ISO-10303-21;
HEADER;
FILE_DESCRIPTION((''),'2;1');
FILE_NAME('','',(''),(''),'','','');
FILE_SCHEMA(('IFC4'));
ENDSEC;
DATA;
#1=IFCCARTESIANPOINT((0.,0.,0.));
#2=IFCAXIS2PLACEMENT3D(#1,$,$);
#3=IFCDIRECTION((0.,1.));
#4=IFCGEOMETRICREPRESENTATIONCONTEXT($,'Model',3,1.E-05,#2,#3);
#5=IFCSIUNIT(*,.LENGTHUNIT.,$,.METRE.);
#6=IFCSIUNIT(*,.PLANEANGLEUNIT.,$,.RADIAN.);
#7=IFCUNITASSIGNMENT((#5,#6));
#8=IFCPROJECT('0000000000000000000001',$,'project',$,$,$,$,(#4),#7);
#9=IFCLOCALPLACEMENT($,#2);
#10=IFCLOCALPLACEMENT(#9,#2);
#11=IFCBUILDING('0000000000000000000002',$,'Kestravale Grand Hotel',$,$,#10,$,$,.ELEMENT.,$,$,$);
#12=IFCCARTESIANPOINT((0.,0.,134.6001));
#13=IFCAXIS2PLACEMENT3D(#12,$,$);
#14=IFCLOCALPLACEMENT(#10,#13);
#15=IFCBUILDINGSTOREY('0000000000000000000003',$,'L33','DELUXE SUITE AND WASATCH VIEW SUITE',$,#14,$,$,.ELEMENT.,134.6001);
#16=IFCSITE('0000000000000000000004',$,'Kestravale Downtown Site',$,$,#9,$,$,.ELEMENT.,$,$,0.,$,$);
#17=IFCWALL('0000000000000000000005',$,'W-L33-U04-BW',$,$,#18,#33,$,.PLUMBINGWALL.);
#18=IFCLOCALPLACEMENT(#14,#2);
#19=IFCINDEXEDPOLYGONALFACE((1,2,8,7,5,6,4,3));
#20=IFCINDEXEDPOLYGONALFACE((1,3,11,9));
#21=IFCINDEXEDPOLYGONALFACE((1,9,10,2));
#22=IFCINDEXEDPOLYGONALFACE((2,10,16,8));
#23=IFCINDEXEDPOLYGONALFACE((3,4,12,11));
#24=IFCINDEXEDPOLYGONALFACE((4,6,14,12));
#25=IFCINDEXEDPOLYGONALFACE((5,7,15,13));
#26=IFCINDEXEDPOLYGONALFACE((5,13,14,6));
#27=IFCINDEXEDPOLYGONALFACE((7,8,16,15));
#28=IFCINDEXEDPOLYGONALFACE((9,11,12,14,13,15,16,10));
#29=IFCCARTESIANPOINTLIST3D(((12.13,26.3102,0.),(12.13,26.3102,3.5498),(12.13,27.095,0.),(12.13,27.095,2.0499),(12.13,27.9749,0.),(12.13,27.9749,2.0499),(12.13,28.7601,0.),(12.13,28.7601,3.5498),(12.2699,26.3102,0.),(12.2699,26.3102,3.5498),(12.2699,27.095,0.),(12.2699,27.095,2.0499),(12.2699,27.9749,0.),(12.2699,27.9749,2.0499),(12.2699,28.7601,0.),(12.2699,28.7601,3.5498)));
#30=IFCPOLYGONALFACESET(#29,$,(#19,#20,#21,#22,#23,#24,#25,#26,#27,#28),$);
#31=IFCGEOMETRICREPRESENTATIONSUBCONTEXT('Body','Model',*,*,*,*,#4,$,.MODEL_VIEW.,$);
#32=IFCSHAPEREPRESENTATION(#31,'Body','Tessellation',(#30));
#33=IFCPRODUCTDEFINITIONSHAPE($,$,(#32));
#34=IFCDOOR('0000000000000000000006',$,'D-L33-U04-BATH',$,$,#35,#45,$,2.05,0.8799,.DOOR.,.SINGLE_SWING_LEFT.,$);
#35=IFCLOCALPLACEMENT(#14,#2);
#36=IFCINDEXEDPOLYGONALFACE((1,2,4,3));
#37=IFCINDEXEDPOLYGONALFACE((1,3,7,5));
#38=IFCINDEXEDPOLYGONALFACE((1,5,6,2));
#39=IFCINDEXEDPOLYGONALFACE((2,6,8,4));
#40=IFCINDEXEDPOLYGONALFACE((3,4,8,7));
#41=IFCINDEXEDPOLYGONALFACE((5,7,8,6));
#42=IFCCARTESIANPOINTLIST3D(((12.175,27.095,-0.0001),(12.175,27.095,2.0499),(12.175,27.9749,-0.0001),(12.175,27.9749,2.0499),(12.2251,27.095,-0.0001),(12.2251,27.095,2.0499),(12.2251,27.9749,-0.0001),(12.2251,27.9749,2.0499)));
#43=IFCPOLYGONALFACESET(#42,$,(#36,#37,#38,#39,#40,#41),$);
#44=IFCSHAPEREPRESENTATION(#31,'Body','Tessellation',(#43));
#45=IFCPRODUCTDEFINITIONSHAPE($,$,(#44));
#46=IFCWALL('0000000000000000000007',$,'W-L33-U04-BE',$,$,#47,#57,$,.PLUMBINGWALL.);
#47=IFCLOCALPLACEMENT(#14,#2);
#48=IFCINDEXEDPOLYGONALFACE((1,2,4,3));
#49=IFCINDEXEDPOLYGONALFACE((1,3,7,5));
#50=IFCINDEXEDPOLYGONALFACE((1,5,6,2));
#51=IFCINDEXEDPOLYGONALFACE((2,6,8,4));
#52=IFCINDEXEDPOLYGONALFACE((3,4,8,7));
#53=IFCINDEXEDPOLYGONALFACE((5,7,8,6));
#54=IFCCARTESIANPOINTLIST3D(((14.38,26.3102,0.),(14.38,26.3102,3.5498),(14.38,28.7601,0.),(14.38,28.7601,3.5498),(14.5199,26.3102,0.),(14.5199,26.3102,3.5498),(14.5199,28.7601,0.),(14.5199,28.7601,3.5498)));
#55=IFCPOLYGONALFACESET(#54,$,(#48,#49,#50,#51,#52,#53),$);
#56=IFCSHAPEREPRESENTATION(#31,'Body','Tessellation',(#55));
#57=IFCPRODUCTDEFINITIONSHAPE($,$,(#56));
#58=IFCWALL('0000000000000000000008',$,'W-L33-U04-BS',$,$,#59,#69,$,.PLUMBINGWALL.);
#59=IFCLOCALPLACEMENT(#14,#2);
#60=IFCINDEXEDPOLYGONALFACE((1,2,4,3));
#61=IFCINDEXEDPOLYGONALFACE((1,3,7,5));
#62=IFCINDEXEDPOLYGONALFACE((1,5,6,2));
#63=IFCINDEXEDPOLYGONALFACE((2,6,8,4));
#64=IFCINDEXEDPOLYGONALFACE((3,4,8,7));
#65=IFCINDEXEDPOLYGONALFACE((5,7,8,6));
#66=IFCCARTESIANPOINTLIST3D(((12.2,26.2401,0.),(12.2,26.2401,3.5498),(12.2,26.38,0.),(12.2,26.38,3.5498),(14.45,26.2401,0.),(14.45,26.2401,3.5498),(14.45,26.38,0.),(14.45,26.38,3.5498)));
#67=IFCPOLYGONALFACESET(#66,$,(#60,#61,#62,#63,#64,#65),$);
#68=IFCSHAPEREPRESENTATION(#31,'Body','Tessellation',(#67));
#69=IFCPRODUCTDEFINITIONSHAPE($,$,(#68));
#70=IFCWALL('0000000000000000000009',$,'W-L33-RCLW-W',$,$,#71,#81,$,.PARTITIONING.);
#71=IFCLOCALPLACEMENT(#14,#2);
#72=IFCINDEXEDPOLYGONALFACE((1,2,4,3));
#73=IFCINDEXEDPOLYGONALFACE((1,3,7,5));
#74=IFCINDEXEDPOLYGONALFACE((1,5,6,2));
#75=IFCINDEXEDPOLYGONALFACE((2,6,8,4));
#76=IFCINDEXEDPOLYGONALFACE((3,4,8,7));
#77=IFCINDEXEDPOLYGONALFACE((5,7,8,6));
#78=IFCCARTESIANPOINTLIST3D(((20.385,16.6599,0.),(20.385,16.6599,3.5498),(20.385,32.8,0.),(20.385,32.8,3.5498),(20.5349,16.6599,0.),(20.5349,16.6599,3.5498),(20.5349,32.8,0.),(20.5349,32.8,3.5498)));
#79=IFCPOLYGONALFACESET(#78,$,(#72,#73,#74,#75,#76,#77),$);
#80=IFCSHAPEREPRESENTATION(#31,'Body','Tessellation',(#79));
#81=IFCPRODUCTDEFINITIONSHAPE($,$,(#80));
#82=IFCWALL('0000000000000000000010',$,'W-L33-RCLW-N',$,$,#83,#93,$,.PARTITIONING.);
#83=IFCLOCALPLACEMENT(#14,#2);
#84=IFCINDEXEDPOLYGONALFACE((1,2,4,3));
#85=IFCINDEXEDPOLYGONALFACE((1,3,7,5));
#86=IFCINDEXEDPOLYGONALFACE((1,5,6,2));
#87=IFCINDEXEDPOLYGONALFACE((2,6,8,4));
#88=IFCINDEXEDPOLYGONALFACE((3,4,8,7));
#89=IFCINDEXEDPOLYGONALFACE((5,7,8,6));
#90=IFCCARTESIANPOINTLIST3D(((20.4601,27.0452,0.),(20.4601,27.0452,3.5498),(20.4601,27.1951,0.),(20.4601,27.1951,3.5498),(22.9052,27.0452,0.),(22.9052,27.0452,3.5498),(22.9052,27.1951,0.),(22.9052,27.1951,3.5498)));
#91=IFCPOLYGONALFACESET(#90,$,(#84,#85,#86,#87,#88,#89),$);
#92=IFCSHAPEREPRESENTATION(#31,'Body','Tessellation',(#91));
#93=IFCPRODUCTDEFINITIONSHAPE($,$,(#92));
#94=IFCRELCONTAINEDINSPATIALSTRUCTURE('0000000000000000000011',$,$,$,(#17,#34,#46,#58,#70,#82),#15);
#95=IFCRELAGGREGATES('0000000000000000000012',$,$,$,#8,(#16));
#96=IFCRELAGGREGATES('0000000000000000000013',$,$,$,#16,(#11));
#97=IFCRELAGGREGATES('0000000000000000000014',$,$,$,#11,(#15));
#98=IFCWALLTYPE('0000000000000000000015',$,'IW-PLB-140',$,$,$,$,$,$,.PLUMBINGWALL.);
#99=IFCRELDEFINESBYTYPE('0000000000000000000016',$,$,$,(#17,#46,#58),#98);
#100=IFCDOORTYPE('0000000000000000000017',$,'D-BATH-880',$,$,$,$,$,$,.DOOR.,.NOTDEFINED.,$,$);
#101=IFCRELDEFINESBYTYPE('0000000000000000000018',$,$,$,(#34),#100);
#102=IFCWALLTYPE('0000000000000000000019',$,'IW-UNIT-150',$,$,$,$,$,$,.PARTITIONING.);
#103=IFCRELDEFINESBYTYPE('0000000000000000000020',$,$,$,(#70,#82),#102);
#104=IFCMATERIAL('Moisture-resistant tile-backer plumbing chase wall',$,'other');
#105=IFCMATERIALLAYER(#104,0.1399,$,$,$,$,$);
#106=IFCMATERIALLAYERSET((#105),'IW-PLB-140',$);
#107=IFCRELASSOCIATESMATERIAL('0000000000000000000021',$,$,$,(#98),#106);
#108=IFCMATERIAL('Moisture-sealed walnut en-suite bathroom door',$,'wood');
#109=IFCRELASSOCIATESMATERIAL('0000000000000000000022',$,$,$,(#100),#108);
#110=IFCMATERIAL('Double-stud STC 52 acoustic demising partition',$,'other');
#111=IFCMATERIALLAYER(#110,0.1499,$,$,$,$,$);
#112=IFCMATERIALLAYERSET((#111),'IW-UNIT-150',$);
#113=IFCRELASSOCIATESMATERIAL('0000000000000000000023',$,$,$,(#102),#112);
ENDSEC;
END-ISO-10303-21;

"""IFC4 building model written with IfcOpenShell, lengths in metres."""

from ifc_helpers import new_model, si_unit, direction, frame, frame_2d, origin, place, context, subcontext, project, spatial, rectangle, extrude, material, layer, layer_set, type_object, element, fill, save


model = new_model("IFC4")

# Units and contexts
model_context = context("Model", 3, precision=1e-05, world=origin(), true_north=direction((0.0, 1.0)))
body_context = subcontext(model_context, "Body", "Model", "MODEL_VIEW")
ifc_project = project(units=[si_unit("LENGTHUNIT", "METRE"), si_unit("PLANEANGLEUNIT", "RADIAN")], contexts=[model_context])

# Site, building, storey
site_placement = place(None, origin())
site = spatial("IfcSite", under=ifc_project, at=site_placement, Name="Kestravale Downtown Site", CompositionType="ELEMENT", RefElevation=0.0)
building_placement = place(site_placement, origin())
building = spatial("IfcBuilding", under=site, at=building_placement, Name="Kestravale Grand Hotel", CompositionType="ELEMENT")
storey_placement = place(building_placement, frame((0.0, 0.0, 134.6001)))
storey = spatial("IfcBuildingStorey", under=building, at=storey_placement, Name="L33", Description="DELUXE SUITE AND WASATCH VIEW SUITE", CompositionType="ELEMENT", Elevation=134.6001)

# Wall, opening, door
ifc_material_1 = material(Name="Moisture-resistant tile-backer plumbing chase wall", Category="other")
ifc_layer_1 = layer(ifc_material_1, 0.1399)
ifc_layer_set_1 = layer_set([ifc_layer_1], Name="IW-PLB-140")
wall_type_1 = type_object("IfcWallType", Name="IW-PLB-140", PredefinedType="PLUMBINGWALL", material=ifc_layer_set_1)
wall_1_placement = place(storey_placement, frame((12.2, 26.3101, 0.0), z_axis=(0.0, 0.0, 1.0), x_axis=(0.0, 1.0, 0.0)))
wall_1 = element("IfcWall", 1, at=wall_1_placement, inside=storey, type_object=wall_type_1, Name="W-L33-U04-BW", PredefinedType="PLUMBINGWALL", context=body_context, shape_type="SweptSolid", body=[
    extrude(rectangle(XDim=2.45, YDim=0.1399, at=frame_2d((1.2251, 0.0))), origin(), (0.0, 0.0, 1.0), 3.5498),
])
opening_1_placement = place(wall_1_placement, frame((0.7849, 0.0, 0.0)))
opening_1 = element("IfcOpeningElement", 2, at=opening_1_placement, cuts=wall_1, PredefinedType="OPENING", context=body_context, shape_type="SweptSolid", body=[
    extrude(rectangle(XDim=0.8799, YDim=2.05, at=frame_2d((0.4399, 1.0249))), frame((0.0, 0.0798, 0.0), z_axis=(0.0, -1.0, 0.0), x_axis=(1.0, 0.0, 0.0)), (0.0, 0.0, 1.0), 0.1599),
])
ifc_material_2 = material(Name="Moisture-sealed walnut en-suite bathroom door", Category="wood")
door_type_1 = type_object("IfcDoorType", Name="D-BATH-880", OperationType="NOTDEFINED", PredefinedType="DOOR", material=ifc_material_2)
door_1_placement = place(opening_1_placement, origin())
door_1 = element("IfcDoor", 3, at=door_1_placement, inside=storey, type_object=door_type_1, Name="D-L33-U04-BATH", OperationType="SINGLE_SWING_LEFT", OverallHeight=2.05, OverallWidth=0.8799, PredefinedType="DOOR", context=body_context, shape_type="SweptSolid", body=[
    extrude(rectangle(XDim=0.8799, YDim=2.05, at=frame_2d((0.4399, 1.0249))), frame((0.0, 0.0249, 0.0), z_axis=(0.0, -1.0, 0.0), x_axis=(1.0, 0.0, 0.0)), (0.0, 0.0, 1.0), 0.05),
])
fill(opening_1, door_1)

# Walls
wall_2_placement = place(storey_placement, frame((14.45, 26.3101, 0.0), z_axis=(0.0, 0.0, 1.0), x_axis=(0.0, 1.0, 0.0)))
element("IfcWall", 4, at=wall_2_placement, inside=storey, type_object=wall_type_1, Name="W-L33-U04-BE", PredefinedType="PLUMBINGWALL", context=body_context, shape_type="SweptSolid", body=[
    extrude(rectangle(XDim=2.45, YDim=0.1399, at=frame_2d((1.2251, 0.0))), origin(), (0.0, 0.0, 1.0), 3.5498),
])
wall_3_placement = place(storey_placement, frame((12.2, 26.3101, 0.0), z_axis=(0.0, 0.0, 1.0), x_axis=(1.0, 0.0, 0.0)))
element("IfcWall", 5, at=wall_3_placement, inside=storey, type_object=wall_type_1, Name="W-L33-U04-BS", PredefinedType="PLUMBINGWALL", context=body_context, shape_type="SweptSolid", body=[
    extrude(rectangle(XDim=2.25, YDim=0.1399, at=frame_2d((1.125, 0.0))), origin(), (0.0, 0.0, 1.0), 3.5498),
])
ifc_material_3 = material(Name="Double-stud STC 52 acoustic demising partition", Category="other")
ifc_layer_2 = layer(ifc_material_3, 0.1499)
ifc_layer_set_2 = layer_set([ifc_layer_2], Name="IW-UNIT-150")
wall_type_2 = type_object("IfcWallType", Name="IW-UNIT-150", PredefinedType="PARTITIONING", material=ifc_layer_set_2)
wall_4_placement = place(storey_placement, frame((20.46, 16.6599, 0.0), z_axis=(0.0, 0.0, 1.0), x_axis=(0.0, 1.0, 0.0)))
element("IfcWall", 6, at=wall_4_placement, inside=storey, type_object=wall_type_2, Name="W-L33-RCLW-W", PredefinedType="PARTITIONING", context=body_context, shape_type="SweptSolid", body=[
    extrude(rectangle(XDim=16.1401, YDim=0.1499, at=frame_2d((8.0701, 0.0))), origin(), (0.0, 0.0, 1.0), 3.5498),
])
wall_5_placement = place(storey_placement, frame((20.46, 27.1201, 0.0), z_axis=(0.0, 0.0, 1.0), x_axis=(1.0, 0.0, 0.0)))
element("IfcWall", 7, at=wall_5_placement, inside=storey, type_object=wall_type_2, Name="W-L33-RCLW-N", PredefinedType="PARTITIONING", context=body_context, shape_type="SweptSolid", body=[
    extrude(rectangle(XDim=2.4451, YDim=0.1499, at=frame_2d((1.2227, 0.0))), origin(), (0.0, 0.0, 1.0), 3.5498),
])

save(model, "model.ifc")
